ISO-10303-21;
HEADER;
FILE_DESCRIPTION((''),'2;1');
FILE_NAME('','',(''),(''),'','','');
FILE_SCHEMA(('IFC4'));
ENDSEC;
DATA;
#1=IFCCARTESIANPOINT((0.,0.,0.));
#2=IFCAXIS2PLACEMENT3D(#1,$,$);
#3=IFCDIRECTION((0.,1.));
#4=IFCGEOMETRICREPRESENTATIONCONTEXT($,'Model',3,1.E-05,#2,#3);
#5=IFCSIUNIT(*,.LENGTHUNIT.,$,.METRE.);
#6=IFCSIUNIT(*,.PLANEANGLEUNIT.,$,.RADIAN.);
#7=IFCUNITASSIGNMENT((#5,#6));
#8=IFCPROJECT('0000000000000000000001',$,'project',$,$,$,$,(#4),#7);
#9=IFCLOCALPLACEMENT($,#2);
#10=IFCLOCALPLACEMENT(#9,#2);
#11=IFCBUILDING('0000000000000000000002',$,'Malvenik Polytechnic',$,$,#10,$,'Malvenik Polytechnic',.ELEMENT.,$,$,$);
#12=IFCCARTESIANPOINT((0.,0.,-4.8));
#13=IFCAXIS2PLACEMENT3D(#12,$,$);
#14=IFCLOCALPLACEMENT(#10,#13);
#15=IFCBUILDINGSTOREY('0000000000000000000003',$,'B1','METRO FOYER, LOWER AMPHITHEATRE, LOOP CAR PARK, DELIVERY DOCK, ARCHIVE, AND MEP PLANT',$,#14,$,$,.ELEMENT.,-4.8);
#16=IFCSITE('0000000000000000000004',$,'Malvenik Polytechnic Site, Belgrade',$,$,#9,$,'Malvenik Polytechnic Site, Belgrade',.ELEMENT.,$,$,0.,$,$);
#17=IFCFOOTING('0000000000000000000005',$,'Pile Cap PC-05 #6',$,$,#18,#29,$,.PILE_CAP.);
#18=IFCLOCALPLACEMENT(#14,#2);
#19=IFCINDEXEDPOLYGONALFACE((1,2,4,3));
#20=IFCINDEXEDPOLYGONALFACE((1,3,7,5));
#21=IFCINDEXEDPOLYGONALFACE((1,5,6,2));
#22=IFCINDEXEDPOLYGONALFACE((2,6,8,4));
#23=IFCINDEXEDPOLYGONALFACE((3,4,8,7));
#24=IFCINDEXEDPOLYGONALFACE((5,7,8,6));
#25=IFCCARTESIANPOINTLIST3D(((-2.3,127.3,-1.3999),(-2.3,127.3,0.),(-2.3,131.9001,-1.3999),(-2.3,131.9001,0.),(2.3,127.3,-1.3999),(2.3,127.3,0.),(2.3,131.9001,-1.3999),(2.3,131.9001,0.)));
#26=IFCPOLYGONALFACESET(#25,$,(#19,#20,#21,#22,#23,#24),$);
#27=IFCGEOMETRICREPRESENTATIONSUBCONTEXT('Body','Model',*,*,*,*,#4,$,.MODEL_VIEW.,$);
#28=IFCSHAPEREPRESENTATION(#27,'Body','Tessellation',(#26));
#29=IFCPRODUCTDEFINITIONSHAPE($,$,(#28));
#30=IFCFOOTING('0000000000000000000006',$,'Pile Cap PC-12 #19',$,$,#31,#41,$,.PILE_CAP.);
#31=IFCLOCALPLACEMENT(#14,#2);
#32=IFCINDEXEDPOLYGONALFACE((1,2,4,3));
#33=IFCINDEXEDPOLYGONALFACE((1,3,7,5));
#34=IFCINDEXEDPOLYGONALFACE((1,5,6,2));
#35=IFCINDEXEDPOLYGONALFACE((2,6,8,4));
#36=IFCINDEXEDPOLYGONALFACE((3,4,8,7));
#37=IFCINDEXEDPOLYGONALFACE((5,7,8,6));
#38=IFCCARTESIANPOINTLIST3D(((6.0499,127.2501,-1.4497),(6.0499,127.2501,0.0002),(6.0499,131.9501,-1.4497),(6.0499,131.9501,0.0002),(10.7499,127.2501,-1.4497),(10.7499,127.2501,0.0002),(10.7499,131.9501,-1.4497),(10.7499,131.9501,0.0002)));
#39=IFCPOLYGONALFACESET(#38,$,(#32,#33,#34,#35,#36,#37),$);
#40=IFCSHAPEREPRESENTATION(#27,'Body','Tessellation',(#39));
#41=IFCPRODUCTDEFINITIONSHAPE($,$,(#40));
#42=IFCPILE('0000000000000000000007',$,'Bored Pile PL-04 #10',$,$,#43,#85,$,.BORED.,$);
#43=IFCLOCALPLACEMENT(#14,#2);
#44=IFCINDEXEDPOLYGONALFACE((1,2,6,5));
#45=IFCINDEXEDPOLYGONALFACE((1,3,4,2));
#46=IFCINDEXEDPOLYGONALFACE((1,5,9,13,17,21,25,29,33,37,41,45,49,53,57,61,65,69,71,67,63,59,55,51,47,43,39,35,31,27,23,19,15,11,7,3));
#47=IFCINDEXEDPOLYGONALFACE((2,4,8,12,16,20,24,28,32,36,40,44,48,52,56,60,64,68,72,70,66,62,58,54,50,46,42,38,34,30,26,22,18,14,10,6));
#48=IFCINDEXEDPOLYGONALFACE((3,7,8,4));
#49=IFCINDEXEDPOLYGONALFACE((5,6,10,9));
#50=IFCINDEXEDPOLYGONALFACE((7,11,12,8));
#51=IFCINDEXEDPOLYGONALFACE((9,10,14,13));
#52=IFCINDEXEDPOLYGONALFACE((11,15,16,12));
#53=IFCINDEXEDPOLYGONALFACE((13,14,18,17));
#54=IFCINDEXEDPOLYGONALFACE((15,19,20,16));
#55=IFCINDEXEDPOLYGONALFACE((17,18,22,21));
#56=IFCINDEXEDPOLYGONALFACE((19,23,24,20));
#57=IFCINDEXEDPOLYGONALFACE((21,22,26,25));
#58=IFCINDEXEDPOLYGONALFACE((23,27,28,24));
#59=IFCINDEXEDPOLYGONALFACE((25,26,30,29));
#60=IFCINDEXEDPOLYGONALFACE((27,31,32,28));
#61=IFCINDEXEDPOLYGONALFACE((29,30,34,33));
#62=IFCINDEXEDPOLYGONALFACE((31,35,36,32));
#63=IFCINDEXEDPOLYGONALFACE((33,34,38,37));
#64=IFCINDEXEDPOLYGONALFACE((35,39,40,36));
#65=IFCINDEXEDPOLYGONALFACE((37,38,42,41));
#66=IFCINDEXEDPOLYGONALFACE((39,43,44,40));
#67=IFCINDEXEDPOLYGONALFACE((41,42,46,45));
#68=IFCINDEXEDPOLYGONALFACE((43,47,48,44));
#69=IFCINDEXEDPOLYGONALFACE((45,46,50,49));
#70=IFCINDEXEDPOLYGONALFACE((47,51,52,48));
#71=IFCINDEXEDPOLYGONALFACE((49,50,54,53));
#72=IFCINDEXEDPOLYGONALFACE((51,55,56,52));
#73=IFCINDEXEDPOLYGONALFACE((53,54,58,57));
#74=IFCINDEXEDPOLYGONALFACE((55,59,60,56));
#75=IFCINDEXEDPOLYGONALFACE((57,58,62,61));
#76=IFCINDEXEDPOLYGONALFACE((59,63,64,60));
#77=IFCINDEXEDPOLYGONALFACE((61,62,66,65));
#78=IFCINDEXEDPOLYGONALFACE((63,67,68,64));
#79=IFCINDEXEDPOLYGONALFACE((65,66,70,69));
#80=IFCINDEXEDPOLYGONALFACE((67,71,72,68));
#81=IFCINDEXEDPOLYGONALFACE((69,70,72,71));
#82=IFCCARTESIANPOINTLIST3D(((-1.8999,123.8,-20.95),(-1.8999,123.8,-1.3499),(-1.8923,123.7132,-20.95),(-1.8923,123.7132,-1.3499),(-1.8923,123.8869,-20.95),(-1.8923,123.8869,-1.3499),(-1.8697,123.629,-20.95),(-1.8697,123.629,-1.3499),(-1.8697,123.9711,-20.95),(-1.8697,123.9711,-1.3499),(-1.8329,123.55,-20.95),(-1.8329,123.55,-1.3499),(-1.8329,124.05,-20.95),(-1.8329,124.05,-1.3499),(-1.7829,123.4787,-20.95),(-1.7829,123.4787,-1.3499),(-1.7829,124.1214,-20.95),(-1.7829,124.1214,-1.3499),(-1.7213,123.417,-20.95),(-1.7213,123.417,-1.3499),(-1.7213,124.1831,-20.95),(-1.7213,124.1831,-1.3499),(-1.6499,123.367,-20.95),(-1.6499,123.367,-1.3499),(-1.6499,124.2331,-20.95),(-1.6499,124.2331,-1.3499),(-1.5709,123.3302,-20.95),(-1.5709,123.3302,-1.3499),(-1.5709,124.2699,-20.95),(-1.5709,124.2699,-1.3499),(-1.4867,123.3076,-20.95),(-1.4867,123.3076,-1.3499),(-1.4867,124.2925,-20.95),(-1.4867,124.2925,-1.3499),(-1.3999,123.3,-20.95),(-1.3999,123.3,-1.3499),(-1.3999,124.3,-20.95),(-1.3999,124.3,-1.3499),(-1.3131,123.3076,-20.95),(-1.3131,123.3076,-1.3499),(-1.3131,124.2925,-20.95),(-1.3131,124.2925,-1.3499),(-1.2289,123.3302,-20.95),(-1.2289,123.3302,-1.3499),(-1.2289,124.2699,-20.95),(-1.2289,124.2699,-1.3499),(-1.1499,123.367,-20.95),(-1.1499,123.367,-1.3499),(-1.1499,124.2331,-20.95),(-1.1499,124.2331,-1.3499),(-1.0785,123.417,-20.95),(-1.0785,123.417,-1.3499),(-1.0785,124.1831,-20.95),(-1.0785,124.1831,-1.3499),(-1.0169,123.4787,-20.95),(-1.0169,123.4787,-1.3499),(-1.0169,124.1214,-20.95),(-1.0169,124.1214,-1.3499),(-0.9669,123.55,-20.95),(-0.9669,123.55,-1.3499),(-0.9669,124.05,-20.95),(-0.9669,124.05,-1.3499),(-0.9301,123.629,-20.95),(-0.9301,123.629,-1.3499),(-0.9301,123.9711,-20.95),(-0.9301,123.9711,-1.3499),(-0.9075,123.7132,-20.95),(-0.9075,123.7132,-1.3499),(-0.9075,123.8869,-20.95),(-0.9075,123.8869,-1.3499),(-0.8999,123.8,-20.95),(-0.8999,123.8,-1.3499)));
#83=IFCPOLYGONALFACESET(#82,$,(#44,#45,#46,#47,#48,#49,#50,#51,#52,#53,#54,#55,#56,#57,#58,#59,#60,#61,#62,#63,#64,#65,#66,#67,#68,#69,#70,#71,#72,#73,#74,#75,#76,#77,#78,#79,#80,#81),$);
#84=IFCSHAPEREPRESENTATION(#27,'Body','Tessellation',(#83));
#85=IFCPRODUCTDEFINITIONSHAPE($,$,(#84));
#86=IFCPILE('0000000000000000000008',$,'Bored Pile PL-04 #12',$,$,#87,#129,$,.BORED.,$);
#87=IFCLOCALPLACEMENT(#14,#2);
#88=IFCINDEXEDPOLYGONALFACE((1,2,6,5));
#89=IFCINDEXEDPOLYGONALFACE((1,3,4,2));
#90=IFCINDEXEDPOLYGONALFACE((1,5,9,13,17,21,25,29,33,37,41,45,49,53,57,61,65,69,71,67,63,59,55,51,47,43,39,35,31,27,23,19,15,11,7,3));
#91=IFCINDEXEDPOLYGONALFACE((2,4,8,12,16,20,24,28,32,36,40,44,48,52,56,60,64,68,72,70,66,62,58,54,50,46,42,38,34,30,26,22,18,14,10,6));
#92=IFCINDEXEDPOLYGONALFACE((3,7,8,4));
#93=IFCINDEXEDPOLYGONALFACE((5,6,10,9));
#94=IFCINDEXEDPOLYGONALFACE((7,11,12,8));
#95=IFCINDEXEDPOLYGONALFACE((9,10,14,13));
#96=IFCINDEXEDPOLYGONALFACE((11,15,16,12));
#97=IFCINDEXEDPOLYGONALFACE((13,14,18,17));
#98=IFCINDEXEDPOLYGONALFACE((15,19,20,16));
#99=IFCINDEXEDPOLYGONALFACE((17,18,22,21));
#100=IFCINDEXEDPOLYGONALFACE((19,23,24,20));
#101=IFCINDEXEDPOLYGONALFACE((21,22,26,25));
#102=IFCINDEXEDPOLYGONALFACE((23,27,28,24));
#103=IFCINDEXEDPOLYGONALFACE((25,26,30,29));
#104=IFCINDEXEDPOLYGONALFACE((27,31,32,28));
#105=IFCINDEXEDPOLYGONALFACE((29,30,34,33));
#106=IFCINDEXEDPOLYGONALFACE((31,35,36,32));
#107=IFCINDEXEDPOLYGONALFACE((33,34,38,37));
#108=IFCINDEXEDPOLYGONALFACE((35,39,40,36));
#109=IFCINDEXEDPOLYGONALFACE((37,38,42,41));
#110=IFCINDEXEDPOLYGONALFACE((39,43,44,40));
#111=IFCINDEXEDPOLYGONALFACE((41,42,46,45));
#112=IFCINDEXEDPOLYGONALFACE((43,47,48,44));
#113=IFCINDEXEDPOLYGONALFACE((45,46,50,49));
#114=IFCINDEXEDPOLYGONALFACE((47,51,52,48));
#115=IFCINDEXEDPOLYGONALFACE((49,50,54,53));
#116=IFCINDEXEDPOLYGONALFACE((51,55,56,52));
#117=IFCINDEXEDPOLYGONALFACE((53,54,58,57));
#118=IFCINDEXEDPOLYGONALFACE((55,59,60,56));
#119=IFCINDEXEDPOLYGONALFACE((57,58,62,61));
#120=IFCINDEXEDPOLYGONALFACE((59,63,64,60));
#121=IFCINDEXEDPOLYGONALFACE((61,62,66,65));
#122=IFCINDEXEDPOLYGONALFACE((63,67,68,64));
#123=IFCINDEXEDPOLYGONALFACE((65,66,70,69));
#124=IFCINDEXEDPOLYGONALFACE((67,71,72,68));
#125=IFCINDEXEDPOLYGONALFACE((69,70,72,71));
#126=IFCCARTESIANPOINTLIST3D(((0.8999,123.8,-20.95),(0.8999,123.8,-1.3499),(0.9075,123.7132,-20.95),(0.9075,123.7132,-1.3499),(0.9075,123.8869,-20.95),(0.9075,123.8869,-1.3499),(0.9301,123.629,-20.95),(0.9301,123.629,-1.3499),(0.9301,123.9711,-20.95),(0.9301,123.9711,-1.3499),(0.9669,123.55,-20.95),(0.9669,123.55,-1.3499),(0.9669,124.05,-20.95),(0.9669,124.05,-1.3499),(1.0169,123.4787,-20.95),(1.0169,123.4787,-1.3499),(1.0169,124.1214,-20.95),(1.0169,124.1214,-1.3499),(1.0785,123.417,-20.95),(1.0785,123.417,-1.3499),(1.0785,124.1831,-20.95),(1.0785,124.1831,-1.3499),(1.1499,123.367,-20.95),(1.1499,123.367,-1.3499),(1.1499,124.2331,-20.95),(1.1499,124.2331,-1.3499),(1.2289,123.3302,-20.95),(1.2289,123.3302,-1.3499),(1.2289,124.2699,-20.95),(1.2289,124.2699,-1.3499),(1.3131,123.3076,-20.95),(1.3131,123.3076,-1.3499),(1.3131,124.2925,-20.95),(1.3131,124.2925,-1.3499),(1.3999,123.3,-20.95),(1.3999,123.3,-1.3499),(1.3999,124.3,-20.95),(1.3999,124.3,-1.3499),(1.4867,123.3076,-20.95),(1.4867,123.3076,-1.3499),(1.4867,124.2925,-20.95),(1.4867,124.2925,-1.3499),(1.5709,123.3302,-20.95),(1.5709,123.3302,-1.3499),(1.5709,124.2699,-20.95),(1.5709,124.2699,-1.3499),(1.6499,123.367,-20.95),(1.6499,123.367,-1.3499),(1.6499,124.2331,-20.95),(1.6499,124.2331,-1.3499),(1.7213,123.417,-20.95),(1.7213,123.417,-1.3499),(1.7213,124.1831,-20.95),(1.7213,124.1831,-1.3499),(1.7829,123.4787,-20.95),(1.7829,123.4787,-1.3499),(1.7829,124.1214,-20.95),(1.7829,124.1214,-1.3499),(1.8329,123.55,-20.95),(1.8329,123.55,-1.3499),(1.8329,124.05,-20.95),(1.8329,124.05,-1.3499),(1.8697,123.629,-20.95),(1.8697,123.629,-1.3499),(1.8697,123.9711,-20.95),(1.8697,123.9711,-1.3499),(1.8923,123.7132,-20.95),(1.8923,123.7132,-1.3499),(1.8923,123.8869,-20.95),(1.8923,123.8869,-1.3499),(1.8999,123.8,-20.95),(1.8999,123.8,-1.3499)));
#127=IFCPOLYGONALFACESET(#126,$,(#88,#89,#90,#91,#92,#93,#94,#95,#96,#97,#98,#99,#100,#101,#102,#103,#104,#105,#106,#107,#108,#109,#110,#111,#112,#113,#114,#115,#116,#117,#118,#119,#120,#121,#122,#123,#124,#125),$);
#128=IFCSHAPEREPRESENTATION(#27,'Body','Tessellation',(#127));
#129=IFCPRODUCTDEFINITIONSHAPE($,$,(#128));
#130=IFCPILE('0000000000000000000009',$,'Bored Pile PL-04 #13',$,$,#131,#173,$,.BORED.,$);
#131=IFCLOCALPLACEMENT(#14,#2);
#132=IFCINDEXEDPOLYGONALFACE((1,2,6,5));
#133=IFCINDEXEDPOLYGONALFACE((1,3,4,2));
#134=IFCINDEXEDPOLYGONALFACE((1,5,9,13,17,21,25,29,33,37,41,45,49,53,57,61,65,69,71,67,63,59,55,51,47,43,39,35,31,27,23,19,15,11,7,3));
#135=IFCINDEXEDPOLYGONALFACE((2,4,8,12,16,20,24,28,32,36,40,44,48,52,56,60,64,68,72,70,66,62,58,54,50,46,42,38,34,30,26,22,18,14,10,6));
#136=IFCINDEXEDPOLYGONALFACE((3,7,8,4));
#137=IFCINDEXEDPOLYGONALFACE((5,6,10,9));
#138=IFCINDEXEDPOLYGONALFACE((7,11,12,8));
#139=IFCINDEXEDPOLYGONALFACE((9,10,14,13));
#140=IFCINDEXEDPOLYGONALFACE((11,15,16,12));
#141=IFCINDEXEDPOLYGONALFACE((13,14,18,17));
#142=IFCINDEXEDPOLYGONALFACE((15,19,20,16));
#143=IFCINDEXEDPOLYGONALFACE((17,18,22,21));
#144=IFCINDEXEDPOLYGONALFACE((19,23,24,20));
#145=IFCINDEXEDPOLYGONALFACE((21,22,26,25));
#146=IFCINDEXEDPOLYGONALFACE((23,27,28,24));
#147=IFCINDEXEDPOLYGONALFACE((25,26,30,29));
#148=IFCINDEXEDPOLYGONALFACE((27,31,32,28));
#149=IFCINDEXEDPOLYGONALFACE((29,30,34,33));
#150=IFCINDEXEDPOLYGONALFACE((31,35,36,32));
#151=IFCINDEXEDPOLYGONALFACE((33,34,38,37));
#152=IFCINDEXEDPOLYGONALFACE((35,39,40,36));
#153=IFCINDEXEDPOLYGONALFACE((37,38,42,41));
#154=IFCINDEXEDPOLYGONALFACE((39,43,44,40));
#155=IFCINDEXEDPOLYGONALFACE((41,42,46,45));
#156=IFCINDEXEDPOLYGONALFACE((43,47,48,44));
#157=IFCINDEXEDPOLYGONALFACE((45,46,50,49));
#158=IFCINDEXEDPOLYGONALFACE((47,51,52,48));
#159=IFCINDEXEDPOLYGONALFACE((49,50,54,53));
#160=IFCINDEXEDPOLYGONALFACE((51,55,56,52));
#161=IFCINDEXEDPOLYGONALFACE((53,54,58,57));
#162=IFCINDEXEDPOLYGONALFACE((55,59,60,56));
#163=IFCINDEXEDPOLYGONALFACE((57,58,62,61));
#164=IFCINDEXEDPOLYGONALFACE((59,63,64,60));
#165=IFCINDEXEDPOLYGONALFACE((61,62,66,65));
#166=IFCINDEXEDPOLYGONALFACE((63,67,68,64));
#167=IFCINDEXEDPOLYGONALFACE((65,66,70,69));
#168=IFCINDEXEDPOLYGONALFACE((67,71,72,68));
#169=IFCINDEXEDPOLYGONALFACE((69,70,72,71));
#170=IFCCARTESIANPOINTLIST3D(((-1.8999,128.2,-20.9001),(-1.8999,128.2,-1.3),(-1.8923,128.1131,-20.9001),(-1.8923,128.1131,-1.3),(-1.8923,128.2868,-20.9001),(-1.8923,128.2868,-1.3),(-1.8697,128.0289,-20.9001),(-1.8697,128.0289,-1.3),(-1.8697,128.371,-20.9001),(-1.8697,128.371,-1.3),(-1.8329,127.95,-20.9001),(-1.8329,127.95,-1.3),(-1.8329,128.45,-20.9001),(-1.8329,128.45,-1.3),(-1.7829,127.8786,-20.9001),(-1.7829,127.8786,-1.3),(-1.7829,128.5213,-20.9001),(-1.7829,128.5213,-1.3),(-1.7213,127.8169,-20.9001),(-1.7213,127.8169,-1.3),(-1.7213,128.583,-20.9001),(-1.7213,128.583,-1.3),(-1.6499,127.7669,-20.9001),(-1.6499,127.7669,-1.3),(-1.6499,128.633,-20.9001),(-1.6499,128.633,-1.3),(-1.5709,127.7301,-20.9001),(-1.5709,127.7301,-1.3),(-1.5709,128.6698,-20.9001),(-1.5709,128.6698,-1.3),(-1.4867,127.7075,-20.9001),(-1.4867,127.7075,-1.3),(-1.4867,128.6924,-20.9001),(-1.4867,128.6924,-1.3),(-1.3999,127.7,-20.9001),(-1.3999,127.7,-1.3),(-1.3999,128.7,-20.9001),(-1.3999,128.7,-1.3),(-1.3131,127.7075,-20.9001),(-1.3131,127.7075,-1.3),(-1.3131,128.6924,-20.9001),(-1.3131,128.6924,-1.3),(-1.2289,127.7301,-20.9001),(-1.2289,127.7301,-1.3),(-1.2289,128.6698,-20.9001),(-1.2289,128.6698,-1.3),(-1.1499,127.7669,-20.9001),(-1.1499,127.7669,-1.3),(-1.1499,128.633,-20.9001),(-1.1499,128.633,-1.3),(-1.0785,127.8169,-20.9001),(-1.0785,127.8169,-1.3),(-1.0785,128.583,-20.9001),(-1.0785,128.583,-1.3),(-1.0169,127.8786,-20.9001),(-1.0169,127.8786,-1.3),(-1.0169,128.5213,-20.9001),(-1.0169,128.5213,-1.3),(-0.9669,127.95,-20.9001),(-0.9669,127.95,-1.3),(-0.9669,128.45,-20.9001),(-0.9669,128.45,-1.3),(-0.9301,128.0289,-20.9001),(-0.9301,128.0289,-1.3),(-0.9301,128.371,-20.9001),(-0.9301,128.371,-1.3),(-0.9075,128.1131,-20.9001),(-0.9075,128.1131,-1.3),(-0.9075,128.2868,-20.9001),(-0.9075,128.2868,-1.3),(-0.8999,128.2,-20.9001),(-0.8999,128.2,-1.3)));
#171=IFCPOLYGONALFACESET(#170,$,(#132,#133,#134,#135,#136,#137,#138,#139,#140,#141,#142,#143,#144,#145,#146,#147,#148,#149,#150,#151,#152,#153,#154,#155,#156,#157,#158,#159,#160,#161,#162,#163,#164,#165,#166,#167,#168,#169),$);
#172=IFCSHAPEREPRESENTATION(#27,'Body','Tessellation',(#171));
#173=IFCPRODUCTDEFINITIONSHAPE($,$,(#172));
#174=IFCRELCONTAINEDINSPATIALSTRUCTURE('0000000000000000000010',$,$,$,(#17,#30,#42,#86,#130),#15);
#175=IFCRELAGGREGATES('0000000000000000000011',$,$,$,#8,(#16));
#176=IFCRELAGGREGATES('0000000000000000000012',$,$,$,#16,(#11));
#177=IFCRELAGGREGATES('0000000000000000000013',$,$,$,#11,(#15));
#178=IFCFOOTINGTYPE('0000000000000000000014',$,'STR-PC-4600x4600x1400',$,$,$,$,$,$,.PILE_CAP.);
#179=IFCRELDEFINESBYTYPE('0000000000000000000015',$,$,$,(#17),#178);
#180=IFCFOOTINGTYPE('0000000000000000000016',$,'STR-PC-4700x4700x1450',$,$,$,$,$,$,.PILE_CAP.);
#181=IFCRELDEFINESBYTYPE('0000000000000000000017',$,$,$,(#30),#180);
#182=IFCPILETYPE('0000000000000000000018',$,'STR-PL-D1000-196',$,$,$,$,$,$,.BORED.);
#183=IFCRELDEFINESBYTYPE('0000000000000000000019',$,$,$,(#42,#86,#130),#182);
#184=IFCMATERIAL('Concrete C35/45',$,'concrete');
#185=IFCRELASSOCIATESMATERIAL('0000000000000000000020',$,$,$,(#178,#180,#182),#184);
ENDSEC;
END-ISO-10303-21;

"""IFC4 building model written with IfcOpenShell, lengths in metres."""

from ifc_helpers import new_model, si_unit, direction, frame, origin, origin_2d, place, context, subcontext, project, spatial, rectangle, circle, extrude, material, material_profile, profile_set, type_object, element, save


model = new_model("IFC4")

# Units and contexts
model_context = context("Model", 3, precision=1e-05, world=origin(), true_north=direction((0.0, 1.0)))
body_context = subcontext(model_context, "Body", "Model", "MODEL_VIEW")
ifc_project = project(units=[si_unit("LENGTHUNIT", "METRE"), si_unit("PLANEANGLEUNIT", "RADIAN")], contexts=[model_context])

# Site, building, storey
site_placement = place(None, origin())
site = spatial("IfcSite", under=ifc_project, at=site_placement, Name="Malvenik Polytechnic Site, Belgrade", LongName="Malvenik Polytechnic Site, Belgrade", CompositionType="ELEMENT", RefElevation=0.0)
building_placement = place(site_placement, origin())
building = spatial("IfcBuilding", under=site, at=building_placement, Name="Malvenik Polytechnic", LongName="Malvenik Polytechnic", CompositionType="ELEMENT")
storey_placement = place(building_placement, frame((0.0, 0.0, -4.8)))
storey = spatial("IfcBuildingStorey", under=building, at=storey_placement, Name="B1", Description="METRO FOYER, LOWER AMPHITHEATRE, LOOP CAR PARK, DELIVERY DOCK, ARCHIVE, AND MEP PLANT", CompositionType="ELEMENT", Elevation=-4.8)

# Footings
ifc_material_1 = material(Name="Concrete C35/45", Category="concrete")
footing_type_1 = type_object("IfcFootingType", Name="STR-PC-4600x4600x1400", PredefinedType="PILE_CAP", material=ifc_material_1)
footing_1_placement = place(storey_placement, frame((0.0, 129.6001, -1.3999), z_axis=(0.0, 0.0, 1.0), x_axis=(1.0, 0.0, 0.0)))
element("IfcFooting", 1, at=footing_1_placement, inside=storey, type_object=footing_type_1, Name="Pile Cap PC-05 #6", PredefinedType="PILE_CAP", context=body_context, shape_type="SweptSolid", body=[
    extrude(rectangle(XDim=4.6001, YDim=4.6001, at=origin_2d()), origin(), (0.0, 0.0, 1.0), 1.3999),
])
footing_type_2 = type_object("IfcFootingType", Name="STR-PC-4700x4700x1450", PredefinedType="PILE_CAP", material=ifc_material_1)
footing_2_placement = place(storey_placement, frame((8.3999, 129.6001, -1.4497), z_axis=(0.0, 0.0, 1.0), x_axis=(1.0, 0.0, 0.0)))
element("IfcFooting", 2, at=footing_2_placement, inside=storey, type_object=footing_type_2, Name="Pile Cap PC-12 #19", PredefinedType="PILE_CAP", context=body_context, shape_type="SweptSolid", body=[
    extrude(rectangle(XDim=4.7, YDim=4.7, at=origin_2d()), origin(), (0.0, 0.0, 1.0), 1.45),
])

# Piles
ifc_material_profile_1 = material_profile(ifc_material_1, circle(Radius=0.5, at=origin_2d()), Name="BORED PILE D1000")
ifc_profile_set_1 = profile_set([ifc_material_profile_1], Name="Concrete C35/45")
pile_type = type_object("IfcPileType", Name="STR-PL-D1000-196", PredefinedType="BORED", material=ifc_profile_set_1)
for number, where, z_axis, x_axis, name in (
    (3, (-1.3999, 123.8, -1.3499), (0.0, 0.0, -1.0), (1.0, 0.0, 0.0), "Bored Pile PL-04 #10"),
    (4, (1.3999, 123.8, -1.3499), (0.0, 0.0, -1.0), (1.0, 0.0, 0.0), "Bored Pile PL-04 #12"),
    (5, (-1.3999, 128.2, -1.3), (0.0, 0.0, -1.0), (1.0, 0.0, 0.0), "Bored Pile PL-04 #13"),
):
    element("IfcPile", number, at=place(storey_placement, frame(where, z_axis=z_axis, x_axis=x_axis)), inside=storey, type_object=pile_type, Name=name, PredefinedType="BORED", context=body_context, shape_type="SweptSolid", body=[
        extrude(circle(Radius=0.5, at=origin_2d()), origin(), (0.0, 0.0, 1.0), 19.6001),
    ])

save(model, "model.ifc")
